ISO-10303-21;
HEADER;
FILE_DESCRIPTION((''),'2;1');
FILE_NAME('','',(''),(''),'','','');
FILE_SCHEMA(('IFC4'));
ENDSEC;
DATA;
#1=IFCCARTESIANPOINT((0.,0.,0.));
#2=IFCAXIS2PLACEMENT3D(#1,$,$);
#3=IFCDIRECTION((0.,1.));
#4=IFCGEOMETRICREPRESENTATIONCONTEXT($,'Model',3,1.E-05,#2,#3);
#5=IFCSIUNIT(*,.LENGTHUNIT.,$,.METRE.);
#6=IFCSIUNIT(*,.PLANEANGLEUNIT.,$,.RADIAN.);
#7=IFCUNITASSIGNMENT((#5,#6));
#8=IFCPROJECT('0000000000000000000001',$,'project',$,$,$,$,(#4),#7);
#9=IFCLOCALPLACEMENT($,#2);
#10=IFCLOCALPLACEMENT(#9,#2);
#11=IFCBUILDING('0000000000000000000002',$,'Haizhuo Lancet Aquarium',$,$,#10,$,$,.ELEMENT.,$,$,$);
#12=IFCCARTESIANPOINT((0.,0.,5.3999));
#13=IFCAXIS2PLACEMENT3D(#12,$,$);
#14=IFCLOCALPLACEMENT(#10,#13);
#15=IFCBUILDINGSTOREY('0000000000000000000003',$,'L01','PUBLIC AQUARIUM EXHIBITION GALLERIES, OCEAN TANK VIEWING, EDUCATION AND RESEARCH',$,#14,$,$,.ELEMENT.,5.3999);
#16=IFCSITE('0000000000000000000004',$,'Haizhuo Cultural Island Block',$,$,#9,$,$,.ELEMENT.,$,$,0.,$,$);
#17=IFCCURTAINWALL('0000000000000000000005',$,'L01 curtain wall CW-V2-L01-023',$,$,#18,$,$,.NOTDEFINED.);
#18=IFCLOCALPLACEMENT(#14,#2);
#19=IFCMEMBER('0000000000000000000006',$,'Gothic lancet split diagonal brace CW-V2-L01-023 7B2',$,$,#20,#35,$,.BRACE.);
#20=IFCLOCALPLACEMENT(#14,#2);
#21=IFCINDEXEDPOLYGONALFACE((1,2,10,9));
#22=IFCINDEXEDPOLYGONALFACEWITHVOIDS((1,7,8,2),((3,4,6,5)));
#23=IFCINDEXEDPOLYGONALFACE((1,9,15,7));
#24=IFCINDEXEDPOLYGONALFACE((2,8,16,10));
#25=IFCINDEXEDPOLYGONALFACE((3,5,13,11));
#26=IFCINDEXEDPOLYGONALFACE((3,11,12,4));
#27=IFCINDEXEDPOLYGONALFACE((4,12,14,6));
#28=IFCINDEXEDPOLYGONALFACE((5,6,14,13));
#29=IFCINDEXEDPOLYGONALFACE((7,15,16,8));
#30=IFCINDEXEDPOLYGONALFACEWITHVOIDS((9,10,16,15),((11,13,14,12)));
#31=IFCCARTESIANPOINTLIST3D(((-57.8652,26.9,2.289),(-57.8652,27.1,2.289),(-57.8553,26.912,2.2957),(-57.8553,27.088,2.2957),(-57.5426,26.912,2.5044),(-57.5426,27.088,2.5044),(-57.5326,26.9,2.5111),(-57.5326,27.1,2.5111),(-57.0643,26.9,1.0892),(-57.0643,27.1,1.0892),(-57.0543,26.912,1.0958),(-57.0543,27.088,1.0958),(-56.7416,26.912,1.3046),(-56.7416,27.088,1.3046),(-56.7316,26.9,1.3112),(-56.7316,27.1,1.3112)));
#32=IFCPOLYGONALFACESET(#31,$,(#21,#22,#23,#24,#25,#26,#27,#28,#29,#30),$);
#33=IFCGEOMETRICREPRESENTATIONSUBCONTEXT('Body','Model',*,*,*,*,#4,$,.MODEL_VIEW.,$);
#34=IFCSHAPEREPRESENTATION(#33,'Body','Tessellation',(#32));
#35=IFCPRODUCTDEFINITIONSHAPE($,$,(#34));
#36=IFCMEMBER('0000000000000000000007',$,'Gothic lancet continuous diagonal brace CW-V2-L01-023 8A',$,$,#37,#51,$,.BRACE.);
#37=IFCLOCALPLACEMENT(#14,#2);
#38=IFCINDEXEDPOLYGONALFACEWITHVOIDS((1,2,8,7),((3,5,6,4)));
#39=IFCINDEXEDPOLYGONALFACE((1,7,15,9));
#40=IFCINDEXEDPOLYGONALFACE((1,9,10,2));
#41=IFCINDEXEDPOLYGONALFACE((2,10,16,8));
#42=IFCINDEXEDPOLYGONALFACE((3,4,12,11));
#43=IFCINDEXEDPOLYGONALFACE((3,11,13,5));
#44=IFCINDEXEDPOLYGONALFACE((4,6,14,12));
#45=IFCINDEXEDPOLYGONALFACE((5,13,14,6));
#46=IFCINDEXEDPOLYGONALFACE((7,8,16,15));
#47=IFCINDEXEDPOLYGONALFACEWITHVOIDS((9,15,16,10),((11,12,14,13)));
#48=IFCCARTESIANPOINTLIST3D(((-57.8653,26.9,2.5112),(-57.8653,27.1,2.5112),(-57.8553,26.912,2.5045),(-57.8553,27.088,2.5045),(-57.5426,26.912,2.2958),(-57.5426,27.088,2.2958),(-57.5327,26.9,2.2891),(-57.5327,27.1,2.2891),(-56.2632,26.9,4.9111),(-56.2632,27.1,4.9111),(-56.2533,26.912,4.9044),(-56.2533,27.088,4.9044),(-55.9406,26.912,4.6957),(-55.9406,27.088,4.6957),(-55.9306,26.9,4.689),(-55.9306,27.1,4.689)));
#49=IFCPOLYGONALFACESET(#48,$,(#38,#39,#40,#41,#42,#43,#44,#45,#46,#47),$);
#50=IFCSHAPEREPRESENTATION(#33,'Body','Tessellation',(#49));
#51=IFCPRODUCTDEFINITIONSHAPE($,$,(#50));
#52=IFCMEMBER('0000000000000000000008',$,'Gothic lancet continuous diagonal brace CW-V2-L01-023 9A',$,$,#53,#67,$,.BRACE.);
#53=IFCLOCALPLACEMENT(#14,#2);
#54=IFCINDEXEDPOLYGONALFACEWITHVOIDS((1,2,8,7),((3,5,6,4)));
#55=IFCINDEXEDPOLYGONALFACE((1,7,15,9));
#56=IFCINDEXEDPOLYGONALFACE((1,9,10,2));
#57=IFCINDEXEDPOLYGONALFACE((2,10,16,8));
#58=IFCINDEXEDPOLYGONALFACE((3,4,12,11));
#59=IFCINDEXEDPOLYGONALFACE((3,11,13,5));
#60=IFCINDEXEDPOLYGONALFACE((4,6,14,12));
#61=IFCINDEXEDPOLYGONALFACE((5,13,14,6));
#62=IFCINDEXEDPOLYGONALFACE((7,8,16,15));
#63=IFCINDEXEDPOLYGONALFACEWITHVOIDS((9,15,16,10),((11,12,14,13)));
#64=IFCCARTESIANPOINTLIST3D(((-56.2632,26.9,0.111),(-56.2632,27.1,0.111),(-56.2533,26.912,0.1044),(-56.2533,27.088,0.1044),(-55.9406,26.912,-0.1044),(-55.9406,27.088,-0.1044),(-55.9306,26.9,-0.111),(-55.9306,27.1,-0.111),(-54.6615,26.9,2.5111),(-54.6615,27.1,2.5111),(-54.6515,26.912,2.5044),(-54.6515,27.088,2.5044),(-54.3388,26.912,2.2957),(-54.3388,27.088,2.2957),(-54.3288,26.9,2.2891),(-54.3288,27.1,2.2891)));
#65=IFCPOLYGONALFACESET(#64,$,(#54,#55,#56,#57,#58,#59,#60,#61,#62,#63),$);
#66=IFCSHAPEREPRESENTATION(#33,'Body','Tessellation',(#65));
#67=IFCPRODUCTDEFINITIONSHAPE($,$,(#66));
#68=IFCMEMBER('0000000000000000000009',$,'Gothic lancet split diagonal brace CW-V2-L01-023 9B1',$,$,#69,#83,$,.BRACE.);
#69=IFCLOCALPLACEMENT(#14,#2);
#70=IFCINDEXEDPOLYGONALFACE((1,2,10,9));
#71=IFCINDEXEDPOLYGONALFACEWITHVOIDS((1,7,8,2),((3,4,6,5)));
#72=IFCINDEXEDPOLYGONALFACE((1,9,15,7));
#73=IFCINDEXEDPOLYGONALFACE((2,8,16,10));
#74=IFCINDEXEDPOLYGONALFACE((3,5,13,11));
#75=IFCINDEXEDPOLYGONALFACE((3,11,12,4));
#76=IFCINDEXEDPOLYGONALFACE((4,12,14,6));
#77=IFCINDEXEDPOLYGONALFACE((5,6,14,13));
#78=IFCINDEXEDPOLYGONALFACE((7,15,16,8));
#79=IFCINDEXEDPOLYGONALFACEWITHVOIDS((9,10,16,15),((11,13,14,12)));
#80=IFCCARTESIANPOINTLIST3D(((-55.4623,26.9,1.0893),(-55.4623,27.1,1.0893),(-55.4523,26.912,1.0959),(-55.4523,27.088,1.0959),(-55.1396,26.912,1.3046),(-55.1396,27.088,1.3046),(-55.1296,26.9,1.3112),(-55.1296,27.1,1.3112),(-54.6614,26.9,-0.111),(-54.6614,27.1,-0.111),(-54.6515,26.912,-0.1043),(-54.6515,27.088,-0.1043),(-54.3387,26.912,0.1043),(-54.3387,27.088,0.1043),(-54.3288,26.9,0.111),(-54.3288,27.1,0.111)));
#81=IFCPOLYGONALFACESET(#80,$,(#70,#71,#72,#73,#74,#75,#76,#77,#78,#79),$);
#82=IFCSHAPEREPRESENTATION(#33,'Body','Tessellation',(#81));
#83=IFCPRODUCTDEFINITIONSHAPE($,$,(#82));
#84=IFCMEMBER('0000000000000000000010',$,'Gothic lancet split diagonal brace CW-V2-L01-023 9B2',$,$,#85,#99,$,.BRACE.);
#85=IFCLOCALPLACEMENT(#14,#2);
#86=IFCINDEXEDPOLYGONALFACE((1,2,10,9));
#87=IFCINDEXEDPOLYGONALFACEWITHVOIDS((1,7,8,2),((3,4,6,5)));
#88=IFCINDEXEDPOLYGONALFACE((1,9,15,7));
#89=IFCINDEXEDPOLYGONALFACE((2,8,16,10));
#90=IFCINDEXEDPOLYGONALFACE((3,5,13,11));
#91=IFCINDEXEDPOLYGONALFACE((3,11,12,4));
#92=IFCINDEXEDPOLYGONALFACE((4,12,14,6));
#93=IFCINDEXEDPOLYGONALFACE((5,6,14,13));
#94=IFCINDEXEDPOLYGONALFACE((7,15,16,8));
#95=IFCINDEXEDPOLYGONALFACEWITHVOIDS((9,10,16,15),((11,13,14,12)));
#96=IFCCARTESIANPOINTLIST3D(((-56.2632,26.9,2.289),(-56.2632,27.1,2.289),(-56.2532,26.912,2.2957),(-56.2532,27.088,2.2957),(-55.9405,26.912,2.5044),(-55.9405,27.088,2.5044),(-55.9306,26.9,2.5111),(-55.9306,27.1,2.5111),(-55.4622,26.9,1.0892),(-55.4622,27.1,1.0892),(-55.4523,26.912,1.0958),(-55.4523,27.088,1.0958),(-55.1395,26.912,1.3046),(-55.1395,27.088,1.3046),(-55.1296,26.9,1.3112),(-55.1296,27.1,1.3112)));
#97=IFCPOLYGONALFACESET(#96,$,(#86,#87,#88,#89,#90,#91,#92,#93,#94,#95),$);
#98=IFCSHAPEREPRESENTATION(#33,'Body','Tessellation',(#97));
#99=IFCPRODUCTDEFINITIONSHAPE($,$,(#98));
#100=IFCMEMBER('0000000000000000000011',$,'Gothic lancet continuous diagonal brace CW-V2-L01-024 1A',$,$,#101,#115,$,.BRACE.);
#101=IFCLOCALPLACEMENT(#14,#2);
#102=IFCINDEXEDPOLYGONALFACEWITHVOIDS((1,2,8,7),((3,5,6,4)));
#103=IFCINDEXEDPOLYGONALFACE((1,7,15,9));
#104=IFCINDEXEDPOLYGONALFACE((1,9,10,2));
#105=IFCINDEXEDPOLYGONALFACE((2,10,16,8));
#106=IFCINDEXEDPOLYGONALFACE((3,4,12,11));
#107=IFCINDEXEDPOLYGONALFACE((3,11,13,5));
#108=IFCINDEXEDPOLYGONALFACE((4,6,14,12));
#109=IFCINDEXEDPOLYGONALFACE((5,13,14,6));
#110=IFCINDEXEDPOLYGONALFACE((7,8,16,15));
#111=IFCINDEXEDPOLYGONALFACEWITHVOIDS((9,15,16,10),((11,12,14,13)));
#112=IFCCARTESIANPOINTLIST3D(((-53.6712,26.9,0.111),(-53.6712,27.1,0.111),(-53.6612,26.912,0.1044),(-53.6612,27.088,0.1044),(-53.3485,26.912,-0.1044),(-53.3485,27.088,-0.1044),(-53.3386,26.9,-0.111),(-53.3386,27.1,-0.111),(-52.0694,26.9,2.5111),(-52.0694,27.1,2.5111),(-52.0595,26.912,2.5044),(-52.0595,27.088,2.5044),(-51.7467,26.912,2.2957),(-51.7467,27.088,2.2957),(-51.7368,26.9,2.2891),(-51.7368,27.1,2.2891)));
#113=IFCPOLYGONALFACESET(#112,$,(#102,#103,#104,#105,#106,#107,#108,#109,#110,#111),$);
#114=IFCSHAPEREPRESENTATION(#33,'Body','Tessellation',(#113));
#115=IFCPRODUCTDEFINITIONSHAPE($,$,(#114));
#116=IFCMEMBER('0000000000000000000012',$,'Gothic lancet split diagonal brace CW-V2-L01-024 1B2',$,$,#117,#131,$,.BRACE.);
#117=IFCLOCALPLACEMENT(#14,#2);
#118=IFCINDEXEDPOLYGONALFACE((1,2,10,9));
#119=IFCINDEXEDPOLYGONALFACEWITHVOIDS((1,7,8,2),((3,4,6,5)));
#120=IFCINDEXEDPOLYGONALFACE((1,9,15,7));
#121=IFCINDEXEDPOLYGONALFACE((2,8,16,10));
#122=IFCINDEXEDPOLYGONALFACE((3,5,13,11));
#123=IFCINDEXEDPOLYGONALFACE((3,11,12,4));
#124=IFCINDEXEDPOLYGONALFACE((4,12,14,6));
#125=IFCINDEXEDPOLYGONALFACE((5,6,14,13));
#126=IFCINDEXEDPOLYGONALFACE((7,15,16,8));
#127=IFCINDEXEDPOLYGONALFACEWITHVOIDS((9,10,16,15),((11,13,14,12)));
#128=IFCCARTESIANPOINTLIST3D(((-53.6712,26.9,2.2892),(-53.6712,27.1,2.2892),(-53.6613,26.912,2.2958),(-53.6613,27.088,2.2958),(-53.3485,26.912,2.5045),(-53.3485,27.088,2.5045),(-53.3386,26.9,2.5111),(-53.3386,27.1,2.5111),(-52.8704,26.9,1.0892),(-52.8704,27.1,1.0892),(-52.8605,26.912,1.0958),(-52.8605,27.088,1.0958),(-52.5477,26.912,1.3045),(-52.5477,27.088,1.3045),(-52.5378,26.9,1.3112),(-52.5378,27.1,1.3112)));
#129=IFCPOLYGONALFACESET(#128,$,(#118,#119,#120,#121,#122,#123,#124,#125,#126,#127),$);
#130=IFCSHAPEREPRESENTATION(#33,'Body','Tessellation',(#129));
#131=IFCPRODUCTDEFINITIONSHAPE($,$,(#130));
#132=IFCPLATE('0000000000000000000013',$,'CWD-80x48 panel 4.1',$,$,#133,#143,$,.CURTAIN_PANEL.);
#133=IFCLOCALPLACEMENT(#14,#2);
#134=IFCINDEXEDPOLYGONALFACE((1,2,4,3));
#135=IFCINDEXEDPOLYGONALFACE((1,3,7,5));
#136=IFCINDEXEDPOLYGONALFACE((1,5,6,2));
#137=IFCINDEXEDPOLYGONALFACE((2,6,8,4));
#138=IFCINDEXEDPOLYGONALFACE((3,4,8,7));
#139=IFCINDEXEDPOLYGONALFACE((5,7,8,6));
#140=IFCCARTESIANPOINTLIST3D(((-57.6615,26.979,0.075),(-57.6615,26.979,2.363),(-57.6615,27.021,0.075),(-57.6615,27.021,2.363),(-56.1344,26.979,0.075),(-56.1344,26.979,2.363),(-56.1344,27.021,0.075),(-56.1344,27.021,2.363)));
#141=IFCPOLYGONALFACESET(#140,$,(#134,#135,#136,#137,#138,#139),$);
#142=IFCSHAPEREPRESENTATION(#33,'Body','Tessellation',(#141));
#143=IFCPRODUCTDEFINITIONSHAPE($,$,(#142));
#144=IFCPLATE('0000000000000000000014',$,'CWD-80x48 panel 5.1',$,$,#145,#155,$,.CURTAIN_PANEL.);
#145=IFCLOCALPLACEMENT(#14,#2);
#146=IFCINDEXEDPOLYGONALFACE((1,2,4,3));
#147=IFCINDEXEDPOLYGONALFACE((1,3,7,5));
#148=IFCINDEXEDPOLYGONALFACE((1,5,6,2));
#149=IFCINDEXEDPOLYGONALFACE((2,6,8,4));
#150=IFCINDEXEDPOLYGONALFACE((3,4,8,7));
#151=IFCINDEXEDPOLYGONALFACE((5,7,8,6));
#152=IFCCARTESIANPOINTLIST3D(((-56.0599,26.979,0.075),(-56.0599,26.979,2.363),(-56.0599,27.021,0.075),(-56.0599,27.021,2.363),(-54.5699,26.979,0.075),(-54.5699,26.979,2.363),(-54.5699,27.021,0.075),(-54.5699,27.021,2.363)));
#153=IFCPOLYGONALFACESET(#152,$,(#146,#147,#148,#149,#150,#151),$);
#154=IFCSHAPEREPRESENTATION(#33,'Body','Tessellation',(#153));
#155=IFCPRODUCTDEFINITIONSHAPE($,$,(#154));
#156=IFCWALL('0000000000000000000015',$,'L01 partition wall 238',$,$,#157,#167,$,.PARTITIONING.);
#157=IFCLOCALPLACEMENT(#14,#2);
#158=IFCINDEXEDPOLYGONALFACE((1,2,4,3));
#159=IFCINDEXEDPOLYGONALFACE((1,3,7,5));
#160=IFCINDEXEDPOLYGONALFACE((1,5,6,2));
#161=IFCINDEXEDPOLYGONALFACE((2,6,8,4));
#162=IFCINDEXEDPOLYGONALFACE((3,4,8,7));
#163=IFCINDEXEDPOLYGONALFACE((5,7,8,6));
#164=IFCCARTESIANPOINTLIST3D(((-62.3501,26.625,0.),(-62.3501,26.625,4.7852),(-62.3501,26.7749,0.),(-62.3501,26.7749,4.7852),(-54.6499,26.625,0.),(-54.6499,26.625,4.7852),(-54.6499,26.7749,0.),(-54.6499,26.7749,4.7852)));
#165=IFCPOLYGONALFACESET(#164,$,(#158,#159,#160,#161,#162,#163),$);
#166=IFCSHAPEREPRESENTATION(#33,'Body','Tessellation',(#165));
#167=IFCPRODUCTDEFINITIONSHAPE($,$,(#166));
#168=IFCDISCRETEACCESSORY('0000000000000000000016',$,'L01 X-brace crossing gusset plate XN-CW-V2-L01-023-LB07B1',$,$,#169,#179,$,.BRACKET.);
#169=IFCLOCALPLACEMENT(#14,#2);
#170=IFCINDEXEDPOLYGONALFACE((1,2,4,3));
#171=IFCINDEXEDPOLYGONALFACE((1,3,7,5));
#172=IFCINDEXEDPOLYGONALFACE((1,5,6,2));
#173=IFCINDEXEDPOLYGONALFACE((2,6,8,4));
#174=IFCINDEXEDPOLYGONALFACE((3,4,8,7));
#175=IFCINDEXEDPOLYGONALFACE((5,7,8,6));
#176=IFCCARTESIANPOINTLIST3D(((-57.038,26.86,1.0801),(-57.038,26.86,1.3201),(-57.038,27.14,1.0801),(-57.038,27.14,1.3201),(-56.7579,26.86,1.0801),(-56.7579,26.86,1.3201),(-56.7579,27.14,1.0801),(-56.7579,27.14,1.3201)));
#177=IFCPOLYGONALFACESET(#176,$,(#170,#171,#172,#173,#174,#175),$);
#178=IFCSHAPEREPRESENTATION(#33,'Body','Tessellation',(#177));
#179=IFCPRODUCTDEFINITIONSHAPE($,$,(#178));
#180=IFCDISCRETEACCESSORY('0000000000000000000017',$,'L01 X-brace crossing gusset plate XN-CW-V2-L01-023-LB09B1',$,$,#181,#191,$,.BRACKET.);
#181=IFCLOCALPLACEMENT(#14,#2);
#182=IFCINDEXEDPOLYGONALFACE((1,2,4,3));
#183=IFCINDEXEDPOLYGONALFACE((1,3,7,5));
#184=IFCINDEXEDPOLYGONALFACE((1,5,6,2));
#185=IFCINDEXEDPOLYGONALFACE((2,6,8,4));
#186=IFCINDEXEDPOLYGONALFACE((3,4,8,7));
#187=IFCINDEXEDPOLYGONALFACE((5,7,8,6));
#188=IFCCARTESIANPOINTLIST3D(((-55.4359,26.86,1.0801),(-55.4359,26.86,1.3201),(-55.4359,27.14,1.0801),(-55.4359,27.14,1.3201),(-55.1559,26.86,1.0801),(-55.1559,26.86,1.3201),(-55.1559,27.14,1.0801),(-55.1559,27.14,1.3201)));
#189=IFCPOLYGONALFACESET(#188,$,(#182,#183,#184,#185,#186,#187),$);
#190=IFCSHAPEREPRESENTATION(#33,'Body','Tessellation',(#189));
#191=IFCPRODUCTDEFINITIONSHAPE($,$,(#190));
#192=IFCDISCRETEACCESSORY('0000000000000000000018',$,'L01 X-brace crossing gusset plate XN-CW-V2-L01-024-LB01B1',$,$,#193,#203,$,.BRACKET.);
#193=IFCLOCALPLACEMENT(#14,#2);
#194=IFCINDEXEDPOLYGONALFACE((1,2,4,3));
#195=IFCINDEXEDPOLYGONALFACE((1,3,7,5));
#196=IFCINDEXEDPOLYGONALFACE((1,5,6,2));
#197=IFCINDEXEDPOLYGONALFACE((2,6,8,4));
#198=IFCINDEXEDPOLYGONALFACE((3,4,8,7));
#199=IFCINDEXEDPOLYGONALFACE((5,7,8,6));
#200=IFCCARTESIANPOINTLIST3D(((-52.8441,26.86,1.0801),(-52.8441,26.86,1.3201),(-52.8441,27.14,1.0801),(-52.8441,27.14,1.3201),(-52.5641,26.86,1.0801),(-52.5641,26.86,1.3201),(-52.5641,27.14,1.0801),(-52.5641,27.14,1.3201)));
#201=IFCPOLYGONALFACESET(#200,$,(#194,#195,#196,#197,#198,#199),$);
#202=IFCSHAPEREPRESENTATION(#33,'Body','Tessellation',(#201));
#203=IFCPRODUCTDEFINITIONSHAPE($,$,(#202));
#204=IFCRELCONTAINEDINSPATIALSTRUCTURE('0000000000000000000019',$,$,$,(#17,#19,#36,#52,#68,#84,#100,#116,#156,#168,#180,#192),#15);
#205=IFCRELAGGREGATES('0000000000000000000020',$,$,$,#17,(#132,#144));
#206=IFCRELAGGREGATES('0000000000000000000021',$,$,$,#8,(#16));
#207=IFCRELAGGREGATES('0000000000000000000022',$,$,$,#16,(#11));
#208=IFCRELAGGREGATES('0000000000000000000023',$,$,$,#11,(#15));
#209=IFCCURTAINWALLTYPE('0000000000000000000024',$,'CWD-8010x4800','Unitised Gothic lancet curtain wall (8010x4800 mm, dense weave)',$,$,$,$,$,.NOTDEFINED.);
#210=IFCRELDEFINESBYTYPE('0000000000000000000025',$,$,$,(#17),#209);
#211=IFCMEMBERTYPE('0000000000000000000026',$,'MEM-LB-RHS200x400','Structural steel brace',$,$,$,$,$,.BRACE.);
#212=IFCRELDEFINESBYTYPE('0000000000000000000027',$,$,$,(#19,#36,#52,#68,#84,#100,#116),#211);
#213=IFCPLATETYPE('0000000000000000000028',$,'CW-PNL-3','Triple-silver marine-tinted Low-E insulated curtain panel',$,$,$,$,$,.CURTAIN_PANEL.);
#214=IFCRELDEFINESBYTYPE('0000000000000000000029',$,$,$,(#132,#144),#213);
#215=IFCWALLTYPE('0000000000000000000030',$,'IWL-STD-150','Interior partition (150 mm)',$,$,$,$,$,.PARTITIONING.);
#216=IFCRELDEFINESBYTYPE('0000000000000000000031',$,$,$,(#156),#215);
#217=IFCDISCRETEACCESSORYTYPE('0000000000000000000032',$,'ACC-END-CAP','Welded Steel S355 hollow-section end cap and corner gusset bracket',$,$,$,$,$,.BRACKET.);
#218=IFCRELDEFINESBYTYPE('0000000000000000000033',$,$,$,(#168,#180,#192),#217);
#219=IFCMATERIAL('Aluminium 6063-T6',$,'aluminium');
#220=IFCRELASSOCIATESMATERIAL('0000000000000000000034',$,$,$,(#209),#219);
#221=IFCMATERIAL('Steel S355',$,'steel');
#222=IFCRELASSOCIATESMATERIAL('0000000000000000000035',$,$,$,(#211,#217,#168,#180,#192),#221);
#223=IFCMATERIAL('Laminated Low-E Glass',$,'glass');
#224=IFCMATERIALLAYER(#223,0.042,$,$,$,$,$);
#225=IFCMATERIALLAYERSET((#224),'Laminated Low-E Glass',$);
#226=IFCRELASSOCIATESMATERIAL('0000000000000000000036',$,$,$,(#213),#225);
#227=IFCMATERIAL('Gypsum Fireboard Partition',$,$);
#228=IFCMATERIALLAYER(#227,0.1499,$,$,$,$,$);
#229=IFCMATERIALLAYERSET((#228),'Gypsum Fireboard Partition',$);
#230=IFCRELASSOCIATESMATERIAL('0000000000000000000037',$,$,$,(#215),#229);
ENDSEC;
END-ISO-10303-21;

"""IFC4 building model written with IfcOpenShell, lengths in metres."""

from ifc_helpers import new_model, si_unit, direction, frame, frame_2d, origin, origin_2d, place, context, subcontext, project, spatial, rectangle, hollow_rectangle, extrude, material, layer, layer_set, material_profile, profile_set, type_object, element, aggregate, save


model = new_model("IFC4")

# Units and contexts
model_context = context("Model", 3, precision=1e-05, world=origin(), true_north=direction((0.0, 1.0)))
body_context = subcontext(model_context, "Body", "Model", "MODEL_VIEW")
ifc_project = project(units=[si_unit("LENGTHUNIT", "METRE"), si_unit("PLANEANGLEUNIT", "RADIAN")], contexts=[model_context])

# Site, building, storey
site_placement = place(None, origin())
site = spatial("IfcSite", under=ifc_project, at=site_placement, Name="Haizhuo Cultural Island Block", CompositionType="ELEMENT", RefElevation=0.0)
building_placement = place(site_placement, origin())
building = spatial("IfcBuilding", under=site, at=building_placement, Name="Haizhuo Lancet Aquarium", CompositionType="ELEMENT")
storey_placement = place(building_placement, frame((0.0, 0.0, 5.3999)))
storey = spatial("IfcBuildingStorey", under=building, at=storey_placement, Name="L01", Description="PUBLIC AQUARIUM EXHIBITION GALLERIES, OCEAN TANK VIEWING, EDUCATION AND RESEARCH", CompositionType="ELEMENT", Elevation=5.3999)

# Curtain wall
ifc_material_1 = material(Name="Aluminium 6063-T6", Category="aluminium")
curtain_wall_type = type_object("IfcCurtainWallType", Name="CWD-8010x4800", Description="Unitised Gothic lancet curtain wall (8010x4800 mm, dense weave)", PredefinedType="NOTDEFINED", material=ifc_material_1)
curtain_wall_1_placement = place(storey_placement, origin())
curtain_wall_1 = element("IfcCurtainWall", 1, at=curtain_wall_1_placement, inside=storey, type_object=curtain_wall_type, Name="L01 curtain wall CW-V2-L01-023", PredefinedType="NOTDEFINED")

# Members
ifc_material_2 = material(Name="Steel S355", Category="steel")
ifc_material_profile_1 = material_profile(ifc_material_2, hollow_rectangle(XDim=0.2, YDim=0.3999, WallThickness=0.012, at=origin_2d()), Name="RHS 200x400x12")
ifc_profile_set_1 = profile_set([ifc_material_profile_1], Name="Steel S355")
member_type_1 = type_object("IfcMemberType", Name="MEM-LB-RHS200x400", Description="Structural steel brace", PredefinedType="BRACE", material=ifc_profile_set_1)
member_1_placement = place(storey_placement, frame((-56.8979, 27.0, 1.2002), z_axis=(-0.555208, 0.0, 0.831712), x_axis=(0.0, -1.0, 0.0)))
element("IfcMember", 2, at=member_1_placement, inside=storey, type_object=member_type_1, Name="Gothic lancet split diagonal brace CW-V2-L01-023 7B2", PredefinedType="BRACE", context=body_context, shape_type="SweptSolid", body=[
    extrude(hollow_rectangle(XDim=0.2, YDim=0.3999, WallThickness=0.012, at=origin_2d()), origin(), (0.0, 0.0, 1.0), 1.4426),
])
for number, where, z_axis, x_axis, name in (
    (3, (-57.699, 27.0, 2.4001), (0.555208, 0.0, 0.831712), (0.0, 1.0, 0.0), "Gothic lancet continuous diagonal brace CW-V2-L01-023 8A"),
    (4, (-56.0969, 27.0, 0.0), (0.55511, 0.0, 0.831777), (0.0, 1.0, 0.0), "Gothic lancet continuous diagonal brace CW-V2-L01-023 9A"),
):
    element("IfcMember", number, at=place(storey_placement, frame(where, z_axis=z_axis, x_axis=x_axis)), inside=storey, type_object=member_type_1, Name=name, PredefinedType="BRACE", context=body_context, shape_type="SweptSolid", body=[
        extrude(hollow_rectangle(XDim=0.2, YDim=0.3999, WallThickness=0.012, at=origin_2d()), origin(), (0.0, 0.0, 1.0), 2.8855),
    ])
member_2_placement = place(storey_placement, frame((-54.4951, 27.0, 0.0), z_axis=(-0.555013, 0.0, 0.831842), x_axis=(0.0, -1.0, 0.0)))
element("IfcMember", 5, at=member_2_placement, inside=storey, type_object=member_type_1, Name="Gothic lancet split diagonal brace CW-V2-L01-023 9B1", PredefinedType="BRACE", context=body_context, shape_type="SweptSolid", body=[
    extrude(hollow_rectangle(XDim=0.2, YDim=0.3999, WallThickness=0.012, at=origin_2d()), origin(), (0.0, 0.0, 1.0), 1.4429),
])
member_3_placement = place(storey_placement, frame((-55.2959, 27.0, 1.2002), z_axis=(-0.555208, 0.0, 0.831712), x_axis=(0.0, -1.0, 0.0)))
element("IfcMember", 6, at=member_3_placement, inside=storey, type_object=member_type_1, Name="Gothic lancet split diagonal brace CW-V2-L01-023 9B2", PredefinedType="BRACE", context=body_context, shape_type="SweptSolid", body=[
    extrude(hollow_rectangle(XDim=0.2, YDim=0.3999, WallThickness=0.012, at=origin_2d()), origin(), (0.0, 0.0, 1.0), 1.4426),
])
member_4_placement = place(storey_placement, frame((-53.5049, 27.0, 0.0), z_axis=(0.55511, 0.0, 0.831777), x_axis=(0.0, 1.0, 0.0)))
element("IfcMember", 7, at=member_4_placement, inside=storey, type_object=member_type_1, Name="Gothic lancet continuous diagonal brace CW-V2-L01-024 1A", PredefinedType="BRACE", context=body_context, shape_type="SweptSolid", body=[
    extrude(hollow_rectangle(XDim=0.2, YDim=0.3999, WallThickness=0.012, at=origin_2d()), origin(), (0.0, 0.0, 1.0), 2.8855),
])
member_5_placement = place(storey_placement, frame((-52.7041, 27.0, 1.2002), z_axis=(-0.555091, 0.0, 0.83179), x_axis=(0.0, -1.0, 0.0)))
element("IfcMember", 8, at=member_5_placement, inside=storey, type_object=member_type_1, Name="Gothic lancet split diagonal brace CW-V2-L01-024 1B2", PredefinedType="BRACE", context=body_context, shape_type="SweptSolid", body=[
    extrude(hollow_rectangle(XDim=0.2, YDim=0.3999, WallThickness=0.012, at=origin_2d()), origin(), (0.0, 0.0, 1.0), 1.4426),
])

# Plates
ifc_material_3 = material(Name="Laminated Low-E Glass", Category="glass")
ifc_layer_1 = layer(ifc_material_3, 0.042)
ifc_layer_set_1 = layer_set([ifc_layer_1], Name="Laminated Low-E Glass")
plate_type = type_object("IfcPlateType", Name="CW-PNL-3", Description="Triple-silver marine-tinted Low-E insulated curtain panel", PredefinedType="CURTAIN_PANEL", material=ifc_layer_set_1)
plate_1_placement = place(storey_placement, frame((-56.8979, 27.0, 0.075), z_axis=(0.0, 0.0, 1.0), x_axis=(1.0, 0.0, 0.0)))
plate_1 = element("IfcPlate", 9, at=plate_1_placement, type_object=plate_type, Name="CWD-80x48 panel 4.1", PredefinedType="CURTAIN_PANEL", context=body_context, shape_type="SweptSolid", body=[
    extrude(rectangle(XDim=1.5271, YDim=0.042, at=origin_2d()), origin(), (0.0, 0.0, 1.0), 2.2881),
])
plate_2_placement = place(storey_placement, frame((-55.3149, 27.0, 0.075), z_axis=(0.0, 0.0, 1.0), x_axis=(1.0, 0.0, 0.0)))
plate_2 = element("IfcPlate", 10, at=plate_2_placement, type_object=plate_type, Name="CWD-80x48 panel 5.1", PredefinedType="CURTAIN_PANEL", context=body_context, shape_type="SweptSolid", body=[
    extrude(rectangle(XDim=1.49, YDim=0.042, at=origin_2d()), origin(), (0.0, 0.0, 1.0), 2.2881),
])
aggregate(curtain_wall_1, [plate_1, plate_2])

# Wall
ifc_material_4 = material(Name="Gypsum Fireboard Partition")
ifc_layer_2 = layer(ifc_material_4, 0.1499)
ifc_layer_set_2 = layer_set([ifc_layer_2], Name="Gypsum Fireboard Partition")
wall_type = type_object("IfcWallType", Name="IWL-STD-150", Description="Interior partition (150 mm)", PredefinedType="PARTITIONING", material=ifc_layer_set_2)
wall_placement = place(storey_placement, frame((-54.6499, 26.7, 0.0), z_axis=(0.0, 0.0, 1.0), x_axis=(-1.0, 0.0, 0.0)))
element("IfcWall", 11, at=wall_placement, inside=storey, type_object=wall_type, Name="L01 partition wall 238", PredefinedType="PARTITIONING", context=body_context, shape_type="SweptSolid", body=[
    extrude(rectangle(XDim=7.7002, YDim=0.1499, at=frame_2d((3.8501, 0.0))), origin(), (0.0, 0.0, 1.0), 4.7852),
])

# Discrete accessories
discrete_accessory_type = type_object("IfcDiscreteAccessoryType", Name="ACC-END-CAP", Description="Welded Steel S355 hollow-section end cap and corner gusset bracket", PredefinedType="BRACKET", material=ifc_material_2)
for number, where, z_axis, x_axis, name in (
    (12, (-56.8979, 27.0, 1.0801), (0.0, 0.0, 1.0), (1.0, 0.0, 0.0), "L01 X-brace crossing gusset plate XN-CW-V2-L01-023-LB07B1"),
    (13, (-55.2959, 27.0, 1.0801), (0.0, 0.0, 1.0), (1.0, 0.0, 0.0), "L01 X-brace crossing gusset plate XN-CW-V2-L01-023-LB09B1"),
    (14, (-52.7041, 27.0, 1.0801), (0.0, 0.0, 1.0), (1.0, 0.0, 0.0), "L01 X-brace crossing gusset plate XN-CW-V2-L01-024-LB01B1"),
):
    element("IfcDiscreteAccessory", number, at=place(storey_placement, frame(where, z_axis=z_axis, x_axis=x_axis)), inside=storey, type_object=discrete_accessory_type, material=ifc_material_2, Name=name, PredefinedType="BRACKET", context=body_context, shape_type="SweptSolid", body=[
        extrude(rectangle(XDim=0.28, YDim=0.28, at=origin_2d()), origin(), (0.0, 0.0, 1.0), 0.24),
    ])

save(model, "model.ifc")
